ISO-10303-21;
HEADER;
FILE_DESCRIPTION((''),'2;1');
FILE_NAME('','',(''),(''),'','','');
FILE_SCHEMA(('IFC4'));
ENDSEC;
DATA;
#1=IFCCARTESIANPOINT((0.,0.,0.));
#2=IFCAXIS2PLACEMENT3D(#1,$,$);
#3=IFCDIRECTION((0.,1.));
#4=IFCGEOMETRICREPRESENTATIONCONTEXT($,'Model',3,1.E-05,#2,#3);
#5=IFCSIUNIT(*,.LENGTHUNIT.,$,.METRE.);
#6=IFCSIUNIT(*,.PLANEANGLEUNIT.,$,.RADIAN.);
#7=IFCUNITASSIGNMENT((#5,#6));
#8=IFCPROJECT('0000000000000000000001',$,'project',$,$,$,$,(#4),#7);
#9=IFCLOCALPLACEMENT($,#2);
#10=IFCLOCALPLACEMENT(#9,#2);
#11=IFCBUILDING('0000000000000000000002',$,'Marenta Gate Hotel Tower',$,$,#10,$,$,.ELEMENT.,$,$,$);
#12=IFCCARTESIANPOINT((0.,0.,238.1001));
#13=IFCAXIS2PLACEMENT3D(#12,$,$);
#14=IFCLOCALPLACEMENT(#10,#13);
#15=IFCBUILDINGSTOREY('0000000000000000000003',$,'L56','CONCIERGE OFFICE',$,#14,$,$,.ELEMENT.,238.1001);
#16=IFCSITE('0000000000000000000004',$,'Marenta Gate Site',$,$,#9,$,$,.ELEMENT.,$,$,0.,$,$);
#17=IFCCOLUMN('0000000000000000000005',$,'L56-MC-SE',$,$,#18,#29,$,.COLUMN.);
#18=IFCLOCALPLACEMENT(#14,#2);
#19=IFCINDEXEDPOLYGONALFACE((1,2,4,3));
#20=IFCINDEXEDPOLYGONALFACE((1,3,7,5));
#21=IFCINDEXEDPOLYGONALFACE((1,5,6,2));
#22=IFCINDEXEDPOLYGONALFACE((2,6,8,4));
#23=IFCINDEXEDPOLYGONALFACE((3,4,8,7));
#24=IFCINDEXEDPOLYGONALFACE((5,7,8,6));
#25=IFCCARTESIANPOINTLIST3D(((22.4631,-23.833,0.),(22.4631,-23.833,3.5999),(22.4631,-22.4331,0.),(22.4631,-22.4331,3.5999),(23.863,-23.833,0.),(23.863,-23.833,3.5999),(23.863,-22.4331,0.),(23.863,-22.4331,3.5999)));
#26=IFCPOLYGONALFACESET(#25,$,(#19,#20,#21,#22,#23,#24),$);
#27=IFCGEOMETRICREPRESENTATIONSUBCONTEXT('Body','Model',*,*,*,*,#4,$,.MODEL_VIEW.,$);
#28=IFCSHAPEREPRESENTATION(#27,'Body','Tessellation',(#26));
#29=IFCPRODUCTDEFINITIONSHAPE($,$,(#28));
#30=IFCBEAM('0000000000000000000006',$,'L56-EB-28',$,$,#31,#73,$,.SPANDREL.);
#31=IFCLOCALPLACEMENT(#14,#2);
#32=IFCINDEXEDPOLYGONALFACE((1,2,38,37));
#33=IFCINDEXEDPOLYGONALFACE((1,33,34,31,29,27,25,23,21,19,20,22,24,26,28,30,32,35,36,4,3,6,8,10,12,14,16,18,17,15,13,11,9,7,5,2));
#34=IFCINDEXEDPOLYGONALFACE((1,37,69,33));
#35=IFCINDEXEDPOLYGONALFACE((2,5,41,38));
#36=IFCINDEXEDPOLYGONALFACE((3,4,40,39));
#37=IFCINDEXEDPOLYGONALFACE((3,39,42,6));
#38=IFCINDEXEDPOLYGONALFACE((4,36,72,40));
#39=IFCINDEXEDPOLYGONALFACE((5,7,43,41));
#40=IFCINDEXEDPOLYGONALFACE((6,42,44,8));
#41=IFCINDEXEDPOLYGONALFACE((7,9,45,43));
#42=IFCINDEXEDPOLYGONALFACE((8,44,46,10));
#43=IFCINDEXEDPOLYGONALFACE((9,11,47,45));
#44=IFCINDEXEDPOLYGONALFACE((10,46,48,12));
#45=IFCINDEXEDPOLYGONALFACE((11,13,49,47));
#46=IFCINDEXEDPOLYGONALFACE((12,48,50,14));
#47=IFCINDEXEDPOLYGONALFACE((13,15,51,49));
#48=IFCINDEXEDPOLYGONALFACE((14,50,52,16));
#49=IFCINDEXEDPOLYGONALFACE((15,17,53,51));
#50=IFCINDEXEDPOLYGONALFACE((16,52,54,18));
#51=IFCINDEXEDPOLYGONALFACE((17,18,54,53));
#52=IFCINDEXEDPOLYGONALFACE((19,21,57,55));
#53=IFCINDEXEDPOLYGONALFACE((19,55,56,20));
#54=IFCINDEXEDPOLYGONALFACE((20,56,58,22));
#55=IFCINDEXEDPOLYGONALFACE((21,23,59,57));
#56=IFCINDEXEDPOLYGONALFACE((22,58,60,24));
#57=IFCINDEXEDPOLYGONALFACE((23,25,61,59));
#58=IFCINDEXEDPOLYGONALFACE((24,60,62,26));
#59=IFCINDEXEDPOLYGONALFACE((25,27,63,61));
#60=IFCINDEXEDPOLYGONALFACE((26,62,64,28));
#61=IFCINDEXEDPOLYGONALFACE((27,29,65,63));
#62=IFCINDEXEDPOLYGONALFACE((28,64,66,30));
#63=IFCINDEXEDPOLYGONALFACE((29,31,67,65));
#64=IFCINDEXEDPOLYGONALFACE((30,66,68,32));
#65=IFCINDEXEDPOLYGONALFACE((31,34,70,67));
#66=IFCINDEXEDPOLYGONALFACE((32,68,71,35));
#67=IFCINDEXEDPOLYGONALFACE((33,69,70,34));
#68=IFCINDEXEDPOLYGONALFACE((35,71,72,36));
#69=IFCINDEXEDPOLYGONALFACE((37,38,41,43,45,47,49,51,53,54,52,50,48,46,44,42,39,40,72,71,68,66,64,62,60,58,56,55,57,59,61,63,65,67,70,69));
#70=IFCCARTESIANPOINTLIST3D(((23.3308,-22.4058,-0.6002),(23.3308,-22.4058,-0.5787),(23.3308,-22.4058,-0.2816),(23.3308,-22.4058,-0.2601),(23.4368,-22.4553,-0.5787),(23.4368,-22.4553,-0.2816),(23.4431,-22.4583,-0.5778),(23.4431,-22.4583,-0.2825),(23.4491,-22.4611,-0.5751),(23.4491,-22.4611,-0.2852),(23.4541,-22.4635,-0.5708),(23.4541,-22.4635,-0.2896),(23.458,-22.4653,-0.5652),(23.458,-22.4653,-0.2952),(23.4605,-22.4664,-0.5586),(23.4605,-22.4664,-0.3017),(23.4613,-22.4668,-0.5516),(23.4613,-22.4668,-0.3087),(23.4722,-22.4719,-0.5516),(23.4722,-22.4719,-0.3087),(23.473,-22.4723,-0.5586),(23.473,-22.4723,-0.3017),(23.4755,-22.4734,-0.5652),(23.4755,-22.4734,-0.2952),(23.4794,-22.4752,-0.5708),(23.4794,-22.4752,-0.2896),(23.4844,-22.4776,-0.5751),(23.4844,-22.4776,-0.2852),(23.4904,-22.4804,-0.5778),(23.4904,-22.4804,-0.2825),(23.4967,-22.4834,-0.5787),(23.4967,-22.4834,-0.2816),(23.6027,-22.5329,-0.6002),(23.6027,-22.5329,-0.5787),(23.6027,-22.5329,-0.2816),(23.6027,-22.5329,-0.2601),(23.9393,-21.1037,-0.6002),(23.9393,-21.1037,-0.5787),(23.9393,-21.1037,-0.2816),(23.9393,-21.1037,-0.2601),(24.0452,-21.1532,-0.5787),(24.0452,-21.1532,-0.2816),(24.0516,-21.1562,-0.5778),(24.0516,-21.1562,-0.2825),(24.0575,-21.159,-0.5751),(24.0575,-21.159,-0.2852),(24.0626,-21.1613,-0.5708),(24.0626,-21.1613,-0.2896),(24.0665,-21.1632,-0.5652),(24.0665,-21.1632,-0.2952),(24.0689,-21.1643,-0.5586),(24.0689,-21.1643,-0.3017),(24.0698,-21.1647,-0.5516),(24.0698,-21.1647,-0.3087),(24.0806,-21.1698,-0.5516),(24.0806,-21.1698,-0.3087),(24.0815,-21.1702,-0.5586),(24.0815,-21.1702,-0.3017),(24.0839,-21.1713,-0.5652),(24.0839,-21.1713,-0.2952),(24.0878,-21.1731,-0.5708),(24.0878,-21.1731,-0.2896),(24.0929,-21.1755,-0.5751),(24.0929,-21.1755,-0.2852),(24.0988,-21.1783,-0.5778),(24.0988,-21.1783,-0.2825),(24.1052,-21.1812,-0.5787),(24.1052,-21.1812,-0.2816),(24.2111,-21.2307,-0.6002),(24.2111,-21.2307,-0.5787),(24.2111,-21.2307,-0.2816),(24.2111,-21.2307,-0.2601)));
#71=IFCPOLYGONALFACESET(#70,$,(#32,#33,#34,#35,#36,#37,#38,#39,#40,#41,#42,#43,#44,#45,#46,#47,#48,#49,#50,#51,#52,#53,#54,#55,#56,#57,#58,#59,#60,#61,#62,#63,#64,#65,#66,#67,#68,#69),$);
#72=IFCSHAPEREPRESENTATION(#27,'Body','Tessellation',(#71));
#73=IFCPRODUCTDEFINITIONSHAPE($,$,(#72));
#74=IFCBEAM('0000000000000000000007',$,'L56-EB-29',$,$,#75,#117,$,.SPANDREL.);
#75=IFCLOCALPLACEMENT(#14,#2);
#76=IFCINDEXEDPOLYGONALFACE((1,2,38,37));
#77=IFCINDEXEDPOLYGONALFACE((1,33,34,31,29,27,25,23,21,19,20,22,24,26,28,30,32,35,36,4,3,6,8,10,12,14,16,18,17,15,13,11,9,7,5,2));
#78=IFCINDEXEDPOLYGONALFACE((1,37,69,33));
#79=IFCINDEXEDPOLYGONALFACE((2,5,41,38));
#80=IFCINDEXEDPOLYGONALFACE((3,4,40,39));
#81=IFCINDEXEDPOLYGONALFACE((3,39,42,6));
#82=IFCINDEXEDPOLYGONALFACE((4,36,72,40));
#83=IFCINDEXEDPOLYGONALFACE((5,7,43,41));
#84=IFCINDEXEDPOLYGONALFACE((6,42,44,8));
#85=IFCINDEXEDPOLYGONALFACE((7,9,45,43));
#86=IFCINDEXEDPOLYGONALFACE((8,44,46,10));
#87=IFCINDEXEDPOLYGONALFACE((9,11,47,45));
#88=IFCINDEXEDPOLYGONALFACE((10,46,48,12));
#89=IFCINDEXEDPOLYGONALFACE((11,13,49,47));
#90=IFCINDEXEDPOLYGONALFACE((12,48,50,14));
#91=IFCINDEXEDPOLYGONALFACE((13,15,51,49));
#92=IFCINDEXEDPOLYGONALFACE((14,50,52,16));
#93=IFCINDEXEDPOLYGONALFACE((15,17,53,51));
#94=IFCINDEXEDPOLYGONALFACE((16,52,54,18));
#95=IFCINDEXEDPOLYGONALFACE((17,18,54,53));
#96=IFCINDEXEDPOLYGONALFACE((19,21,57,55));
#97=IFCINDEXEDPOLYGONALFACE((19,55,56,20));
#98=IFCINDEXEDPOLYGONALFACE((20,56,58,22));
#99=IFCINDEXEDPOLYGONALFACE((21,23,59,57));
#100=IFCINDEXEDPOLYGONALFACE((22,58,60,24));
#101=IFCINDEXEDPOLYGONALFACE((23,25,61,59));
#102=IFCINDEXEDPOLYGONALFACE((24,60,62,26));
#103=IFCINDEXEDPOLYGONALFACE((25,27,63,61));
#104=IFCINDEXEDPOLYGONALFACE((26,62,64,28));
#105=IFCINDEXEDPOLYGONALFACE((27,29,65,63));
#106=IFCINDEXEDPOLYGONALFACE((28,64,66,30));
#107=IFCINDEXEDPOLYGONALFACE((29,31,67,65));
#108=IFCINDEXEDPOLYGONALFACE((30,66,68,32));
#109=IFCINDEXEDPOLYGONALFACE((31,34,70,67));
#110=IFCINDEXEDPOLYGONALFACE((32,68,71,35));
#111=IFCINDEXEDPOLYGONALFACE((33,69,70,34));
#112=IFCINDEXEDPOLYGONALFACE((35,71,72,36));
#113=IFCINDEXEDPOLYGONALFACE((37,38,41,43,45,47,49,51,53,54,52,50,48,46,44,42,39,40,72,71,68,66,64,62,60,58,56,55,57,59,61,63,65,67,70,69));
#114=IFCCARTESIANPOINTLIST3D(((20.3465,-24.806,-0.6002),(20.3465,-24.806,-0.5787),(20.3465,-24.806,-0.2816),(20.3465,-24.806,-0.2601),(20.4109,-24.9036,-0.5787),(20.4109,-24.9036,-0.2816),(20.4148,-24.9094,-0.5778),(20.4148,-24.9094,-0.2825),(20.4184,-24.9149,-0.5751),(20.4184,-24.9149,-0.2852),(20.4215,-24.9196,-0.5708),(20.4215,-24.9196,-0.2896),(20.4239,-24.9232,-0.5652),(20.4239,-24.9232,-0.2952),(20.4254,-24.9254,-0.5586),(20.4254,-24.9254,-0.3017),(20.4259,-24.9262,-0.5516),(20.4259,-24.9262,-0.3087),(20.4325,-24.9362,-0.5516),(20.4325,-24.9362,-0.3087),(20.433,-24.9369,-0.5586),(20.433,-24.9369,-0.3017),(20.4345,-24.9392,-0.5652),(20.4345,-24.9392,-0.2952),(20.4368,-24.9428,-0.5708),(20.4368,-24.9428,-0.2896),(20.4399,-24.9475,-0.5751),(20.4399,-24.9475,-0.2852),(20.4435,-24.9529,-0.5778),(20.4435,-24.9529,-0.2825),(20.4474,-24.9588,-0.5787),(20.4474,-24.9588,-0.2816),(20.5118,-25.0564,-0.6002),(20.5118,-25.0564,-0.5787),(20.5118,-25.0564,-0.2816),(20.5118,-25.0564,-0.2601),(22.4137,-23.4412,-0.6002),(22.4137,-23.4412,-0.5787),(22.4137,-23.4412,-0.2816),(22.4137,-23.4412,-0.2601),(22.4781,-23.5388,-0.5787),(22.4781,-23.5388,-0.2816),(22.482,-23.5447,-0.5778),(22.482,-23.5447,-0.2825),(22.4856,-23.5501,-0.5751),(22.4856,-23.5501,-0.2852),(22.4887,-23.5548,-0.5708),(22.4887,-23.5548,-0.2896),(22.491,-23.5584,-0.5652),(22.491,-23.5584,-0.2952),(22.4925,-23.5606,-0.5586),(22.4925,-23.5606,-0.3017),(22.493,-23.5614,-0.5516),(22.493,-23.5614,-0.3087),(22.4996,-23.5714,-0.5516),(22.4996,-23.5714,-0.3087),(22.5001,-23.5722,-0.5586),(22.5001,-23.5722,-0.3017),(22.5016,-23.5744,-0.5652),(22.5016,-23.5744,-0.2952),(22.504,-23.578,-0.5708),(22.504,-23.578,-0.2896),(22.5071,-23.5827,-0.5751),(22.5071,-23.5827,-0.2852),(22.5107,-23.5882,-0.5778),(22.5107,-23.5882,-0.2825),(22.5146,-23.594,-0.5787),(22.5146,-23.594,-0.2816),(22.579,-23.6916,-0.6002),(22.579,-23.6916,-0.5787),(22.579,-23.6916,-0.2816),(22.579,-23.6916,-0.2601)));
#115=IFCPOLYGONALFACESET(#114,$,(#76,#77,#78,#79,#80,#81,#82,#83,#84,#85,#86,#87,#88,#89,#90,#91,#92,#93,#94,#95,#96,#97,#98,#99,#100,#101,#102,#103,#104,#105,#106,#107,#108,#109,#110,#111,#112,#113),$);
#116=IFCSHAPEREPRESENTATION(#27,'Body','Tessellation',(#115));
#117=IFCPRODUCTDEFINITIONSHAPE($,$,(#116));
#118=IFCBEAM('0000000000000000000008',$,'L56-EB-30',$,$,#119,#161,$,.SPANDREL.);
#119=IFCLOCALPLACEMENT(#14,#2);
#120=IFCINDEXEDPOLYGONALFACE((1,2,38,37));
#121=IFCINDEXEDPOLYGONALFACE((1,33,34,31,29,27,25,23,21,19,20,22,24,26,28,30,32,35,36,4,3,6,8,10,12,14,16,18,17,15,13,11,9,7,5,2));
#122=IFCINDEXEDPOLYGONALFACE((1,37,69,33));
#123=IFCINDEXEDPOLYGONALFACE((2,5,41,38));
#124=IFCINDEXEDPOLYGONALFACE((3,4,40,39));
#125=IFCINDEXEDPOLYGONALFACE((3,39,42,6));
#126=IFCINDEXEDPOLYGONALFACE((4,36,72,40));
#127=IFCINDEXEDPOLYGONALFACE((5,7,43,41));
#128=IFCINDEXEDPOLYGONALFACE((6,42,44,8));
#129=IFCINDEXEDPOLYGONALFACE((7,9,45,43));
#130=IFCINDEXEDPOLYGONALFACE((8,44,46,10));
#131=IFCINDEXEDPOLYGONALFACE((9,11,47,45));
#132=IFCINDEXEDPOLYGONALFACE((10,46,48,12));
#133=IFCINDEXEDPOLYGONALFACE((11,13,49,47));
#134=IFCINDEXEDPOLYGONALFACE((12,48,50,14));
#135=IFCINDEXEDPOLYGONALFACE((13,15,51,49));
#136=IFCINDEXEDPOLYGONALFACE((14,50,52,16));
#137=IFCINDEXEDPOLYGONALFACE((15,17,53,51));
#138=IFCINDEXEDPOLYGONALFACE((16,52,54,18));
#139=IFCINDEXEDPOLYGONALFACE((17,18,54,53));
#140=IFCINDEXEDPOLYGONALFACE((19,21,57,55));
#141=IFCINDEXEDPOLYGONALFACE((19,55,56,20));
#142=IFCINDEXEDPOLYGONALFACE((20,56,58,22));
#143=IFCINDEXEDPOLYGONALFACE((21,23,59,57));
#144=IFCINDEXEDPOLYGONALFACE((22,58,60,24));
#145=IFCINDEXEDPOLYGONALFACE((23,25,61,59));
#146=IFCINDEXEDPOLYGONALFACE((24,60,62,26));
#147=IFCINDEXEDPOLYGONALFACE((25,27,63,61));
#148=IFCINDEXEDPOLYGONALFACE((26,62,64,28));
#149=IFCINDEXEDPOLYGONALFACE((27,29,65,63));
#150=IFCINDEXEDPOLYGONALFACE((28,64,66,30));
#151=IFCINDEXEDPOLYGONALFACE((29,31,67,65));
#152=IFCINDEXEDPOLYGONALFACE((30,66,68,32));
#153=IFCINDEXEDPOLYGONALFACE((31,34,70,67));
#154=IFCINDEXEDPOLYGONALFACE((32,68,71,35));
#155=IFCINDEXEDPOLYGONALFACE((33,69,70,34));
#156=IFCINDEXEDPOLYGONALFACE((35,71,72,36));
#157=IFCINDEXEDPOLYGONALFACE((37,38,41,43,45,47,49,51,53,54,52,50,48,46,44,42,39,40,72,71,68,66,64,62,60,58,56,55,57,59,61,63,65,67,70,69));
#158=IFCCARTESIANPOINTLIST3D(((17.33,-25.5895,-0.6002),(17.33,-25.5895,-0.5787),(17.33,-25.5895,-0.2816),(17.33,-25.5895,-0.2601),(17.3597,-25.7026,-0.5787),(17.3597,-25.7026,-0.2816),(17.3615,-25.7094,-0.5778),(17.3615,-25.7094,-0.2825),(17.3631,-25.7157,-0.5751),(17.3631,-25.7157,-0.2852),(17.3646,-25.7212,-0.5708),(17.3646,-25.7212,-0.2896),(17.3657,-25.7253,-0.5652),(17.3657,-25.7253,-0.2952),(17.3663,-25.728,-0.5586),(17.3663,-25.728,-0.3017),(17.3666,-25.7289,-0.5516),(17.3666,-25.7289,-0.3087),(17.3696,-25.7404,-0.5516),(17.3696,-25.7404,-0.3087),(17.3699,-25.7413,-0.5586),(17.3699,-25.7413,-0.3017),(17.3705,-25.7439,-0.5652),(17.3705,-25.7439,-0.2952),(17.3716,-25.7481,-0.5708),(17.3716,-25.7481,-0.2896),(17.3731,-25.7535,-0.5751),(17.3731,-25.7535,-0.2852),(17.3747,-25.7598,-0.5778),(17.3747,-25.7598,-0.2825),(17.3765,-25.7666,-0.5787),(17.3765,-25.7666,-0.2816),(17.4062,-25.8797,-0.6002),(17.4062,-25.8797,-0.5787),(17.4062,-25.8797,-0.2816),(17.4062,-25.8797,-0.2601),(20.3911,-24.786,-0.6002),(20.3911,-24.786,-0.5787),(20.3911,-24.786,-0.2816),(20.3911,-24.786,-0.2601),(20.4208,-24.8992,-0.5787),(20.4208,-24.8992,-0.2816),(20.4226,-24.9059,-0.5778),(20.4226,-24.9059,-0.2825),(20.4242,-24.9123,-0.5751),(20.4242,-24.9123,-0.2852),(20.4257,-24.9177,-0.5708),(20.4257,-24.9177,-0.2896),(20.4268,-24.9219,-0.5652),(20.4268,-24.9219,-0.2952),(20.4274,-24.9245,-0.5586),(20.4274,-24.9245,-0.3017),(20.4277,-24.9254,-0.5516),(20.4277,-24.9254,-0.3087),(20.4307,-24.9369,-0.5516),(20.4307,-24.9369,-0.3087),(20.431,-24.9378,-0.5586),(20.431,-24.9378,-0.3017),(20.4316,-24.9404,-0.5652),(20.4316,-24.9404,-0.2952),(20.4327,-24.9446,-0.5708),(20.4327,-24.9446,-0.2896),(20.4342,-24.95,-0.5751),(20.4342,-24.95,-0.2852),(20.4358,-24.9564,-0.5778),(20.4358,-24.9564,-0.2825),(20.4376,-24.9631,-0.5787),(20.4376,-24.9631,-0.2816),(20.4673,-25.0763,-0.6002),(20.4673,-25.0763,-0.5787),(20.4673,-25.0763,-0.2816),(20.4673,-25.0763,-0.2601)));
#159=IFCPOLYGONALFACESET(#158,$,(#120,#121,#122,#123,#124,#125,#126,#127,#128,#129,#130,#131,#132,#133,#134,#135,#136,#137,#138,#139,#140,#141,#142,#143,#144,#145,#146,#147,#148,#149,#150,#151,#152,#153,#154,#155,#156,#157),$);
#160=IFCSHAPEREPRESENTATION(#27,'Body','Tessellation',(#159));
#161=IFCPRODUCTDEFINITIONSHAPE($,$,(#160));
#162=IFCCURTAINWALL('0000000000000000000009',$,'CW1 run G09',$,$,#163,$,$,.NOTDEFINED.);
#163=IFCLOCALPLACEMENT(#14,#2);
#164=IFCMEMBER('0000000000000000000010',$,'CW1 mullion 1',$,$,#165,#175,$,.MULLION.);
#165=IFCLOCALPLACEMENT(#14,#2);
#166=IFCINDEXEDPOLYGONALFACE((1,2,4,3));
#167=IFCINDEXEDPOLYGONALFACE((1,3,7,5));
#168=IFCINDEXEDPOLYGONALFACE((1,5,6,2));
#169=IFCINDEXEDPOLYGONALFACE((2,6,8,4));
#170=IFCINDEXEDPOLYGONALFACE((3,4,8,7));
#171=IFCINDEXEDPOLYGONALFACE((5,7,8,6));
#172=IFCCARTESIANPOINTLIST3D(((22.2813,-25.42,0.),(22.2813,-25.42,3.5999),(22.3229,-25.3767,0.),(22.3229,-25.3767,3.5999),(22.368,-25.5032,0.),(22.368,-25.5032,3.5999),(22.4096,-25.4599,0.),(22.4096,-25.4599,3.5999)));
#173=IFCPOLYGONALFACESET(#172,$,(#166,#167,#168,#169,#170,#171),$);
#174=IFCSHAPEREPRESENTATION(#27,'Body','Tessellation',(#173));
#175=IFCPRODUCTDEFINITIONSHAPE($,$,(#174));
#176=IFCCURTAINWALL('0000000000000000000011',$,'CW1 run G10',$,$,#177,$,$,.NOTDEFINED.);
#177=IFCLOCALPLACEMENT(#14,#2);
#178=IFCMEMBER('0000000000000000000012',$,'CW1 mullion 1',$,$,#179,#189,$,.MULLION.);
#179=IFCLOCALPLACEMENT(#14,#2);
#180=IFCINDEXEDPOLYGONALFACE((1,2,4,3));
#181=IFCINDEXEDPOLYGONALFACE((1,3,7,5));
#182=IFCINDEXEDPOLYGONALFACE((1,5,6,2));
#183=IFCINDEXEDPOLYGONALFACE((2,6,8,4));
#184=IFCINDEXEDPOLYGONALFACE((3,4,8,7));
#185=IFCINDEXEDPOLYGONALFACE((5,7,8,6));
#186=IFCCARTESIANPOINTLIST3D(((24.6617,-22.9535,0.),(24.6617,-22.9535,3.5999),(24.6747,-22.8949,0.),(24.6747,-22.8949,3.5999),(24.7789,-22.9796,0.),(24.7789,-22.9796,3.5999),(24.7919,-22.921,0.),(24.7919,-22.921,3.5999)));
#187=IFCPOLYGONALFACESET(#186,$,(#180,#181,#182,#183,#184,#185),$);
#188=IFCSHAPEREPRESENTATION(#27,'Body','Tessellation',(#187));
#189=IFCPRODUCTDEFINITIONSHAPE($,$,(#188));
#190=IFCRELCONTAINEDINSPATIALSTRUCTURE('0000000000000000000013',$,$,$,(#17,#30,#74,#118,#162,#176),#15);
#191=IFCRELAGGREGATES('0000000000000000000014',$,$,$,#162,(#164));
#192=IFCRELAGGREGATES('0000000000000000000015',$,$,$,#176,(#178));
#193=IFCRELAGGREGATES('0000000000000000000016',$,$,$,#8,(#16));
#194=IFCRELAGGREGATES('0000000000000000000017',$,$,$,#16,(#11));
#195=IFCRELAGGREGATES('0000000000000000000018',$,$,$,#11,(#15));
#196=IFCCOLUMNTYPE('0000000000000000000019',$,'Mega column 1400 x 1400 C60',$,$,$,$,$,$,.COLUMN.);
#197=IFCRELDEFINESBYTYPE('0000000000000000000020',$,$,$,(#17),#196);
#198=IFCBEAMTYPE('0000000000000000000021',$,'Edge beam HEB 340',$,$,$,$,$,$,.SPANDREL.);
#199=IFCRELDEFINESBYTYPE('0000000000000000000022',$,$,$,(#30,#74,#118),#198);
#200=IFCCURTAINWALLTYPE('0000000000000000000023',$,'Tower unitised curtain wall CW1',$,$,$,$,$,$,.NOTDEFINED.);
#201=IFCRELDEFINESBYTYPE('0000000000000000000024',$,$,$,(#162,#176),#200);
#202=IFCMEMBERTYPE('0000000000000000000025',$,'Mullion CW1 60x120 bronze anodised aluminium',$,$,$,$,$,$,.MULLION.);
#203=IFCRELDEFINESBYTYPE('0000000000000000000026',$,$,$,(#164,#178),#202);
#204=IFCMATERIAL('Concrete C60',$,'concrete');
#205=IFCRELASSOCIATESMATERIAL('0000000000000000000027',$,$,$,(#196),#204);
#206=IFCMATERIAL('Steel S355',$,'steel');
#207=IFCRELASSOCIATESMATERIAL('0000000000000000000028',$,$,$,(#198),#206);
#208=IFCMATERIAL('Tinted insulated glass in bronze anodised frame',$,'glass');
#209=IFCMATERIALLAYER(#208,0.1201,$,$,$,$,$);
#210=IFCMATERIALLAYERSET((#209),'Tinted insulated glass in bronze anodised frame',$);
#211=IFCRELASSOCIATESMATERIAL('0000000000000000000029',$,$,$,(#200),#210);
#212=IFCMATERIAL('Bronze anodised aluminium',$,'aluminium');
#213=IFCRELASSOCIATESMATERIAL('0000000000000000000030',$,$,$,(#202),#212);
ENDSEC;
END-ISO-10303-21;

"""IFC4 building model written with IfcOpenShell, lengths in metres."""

from ifc_helpers import new_model, si_unit, direction, frame, origin, origin_2d, place, context, subcontext, project, spatial, rectangle, i_section, extrude, material, layer, layer_set, material_profile, profile_set, type_object, element, aggregate, save


model = new_model("IFC4")

# Units and contexts
model_context = context("Model", 3, precision=1e-05, world=origin(), true_north=direction((0.0, 1.0)))
body_context = subcontext(model_context, "Body", "Model", "MODEL_VIEW")
ifc_project = project(units=[si_unit("LENGTHUNIT", "METRE"), si_unit("PLANEANGLEUNIT", "RADIAN")], contexts=[model_context])

# Site, building, storey
site_placement = place(None, origin())
site = spatial("IfcSite", under=ifc_project, at=site_placement, Name="Marenta Gate Site", CompositionType="ELEMENT", RefElevation=0.0)
building_placement = place(site_placement, origin())
building = spatial("IfcBuilding", under=site, at=building_placement, Name="Marenta Gate Hotel Tower", CompositionType="ELEMENT")
storey_placement = place(building_placement, frame((0.0, 0.0, 238.1001)))
storey = spatial("IfcBuildingStorey", under=building, at=storey_placement, Name="L56", Description="CONCIERGE OFFICE", CompositionType="ELEMENT", Elevation=238.1001)

# Column
ifc_material_1 = material(Name="Concrete C60", Category="concrete")
ifc_material_profile_1 = material_profile(ifc_material_1, rectangle(XDim=1.3999, YDim=1.3999, at=origin_2d()), Name="1400 x 1400")
ifc_profile_set_1 = profile_set([ifc_material_profile_1], Name="Concrete C60")
column_type = type_object("IfcColumnType", Name="Mega column 1400 x 1400 C60", PredefinedType="COLUMN", material=ifc_profile_set_1)
column_placement = place(storey_placement, frame((23.1631, -23.1331, 0.0), z_axis=(0.0, 0.0, 1.0), x_axis=(1.0, 0.0, 0.0)))
element("IfcColumn", 1, at=column_placement, inside=storey, type_object=column_type, Name="L56-MC-SE", PredefinedType="COLUMN", context=body_context, shape_type="SweptSolid", body=[
    extrude(rectangle(XDim=1.3999, YDim=1.3999, at=origin_2d()), origin(), (0.0, 0.0, 1.0), 3.5999),
])

# Beams
ifc_material_2 = material(Name="Steel S355", Category="steel")
ifc_material_profile_2 = material_profile(ifc_material_2, i_section(OverallWidth=0.3, OverallDepth=0.3401, WebThickness=0.012, FlangeThickness=0.0215, FilletRadius=0.0271, at=origin_2d()), Name="HEB 340")
ifc_profile_set_2 = profile_set([ifc_material_profile_2], Name="Steel S355")
beam_type = type_object("IfcBeamType", Name="Edge beam HEB 340", PredefinedType="SPANDREL", material=ifc_profile_set_2)
beam_1_placement = place(storey_placement, frame((24.0752, -21.1672, -0.4302), z_axis=(-0.423341, -0.90597, 0.0), x_axis=(0.90597, -0.423341, 0.0)))
element("IfcBeam", 2, at=beam_1_placement, inside=storey, type_object=beam_type, Name="L56-EB-28", PredefinedType="SPANDREL", context=body_context, shape_type="SweptSolid", body=[
    extrude(i_section(OverallWidth=0.3, OverallDepth=0.3401, WebThickness=0.012, FlangeThickness=0.0215, FilletRadius=0.0271, at=origin_2d()), origin(), (0.0, 0.0, 1.0), 1.4373),
])
beam_2_placement = place(storey_placement, frame((22.4963, -23.5664, -0.4302), z_axis=(-0.834529, -0.550964, 0.0), x_axis=(0.550964, -0.834529, 0.0)))
element("IfcBeam", 3, at=beam_2_placement, inside=storey, type_object=beam_type, Name="L56-EB-29", PredefinedType="SPANDREL", context=body_context, shape_type="SweptSolid", body=[
    extrude(i_section(OverallWidth=0.3, OverallDepth=0.3401, WebThickness=0.012, FlangeThickness=0.0215, FilletRadius=0.0271, at=origin_2d()), origin(), (0.0, 0.0, 1.0), 2.4771),
])
beam_3_placement = place(storey_placement, frame((20.4292, -24.9312, -0.4302), z_axis=(-0.967235, -0.253882, 0.0), x_axis=(0.253882, -0.967235, 0.0)))
element("IfcBeam", 4, at=beam_3_placement, inside=storey, type_object=beam_type, Name="L56-EB-30", PredefinedType="SPANDREL", context=body_context, shape_type="SweptSolid", body=[
    extrude(i_section(OverallWidth=0.3, OverallDepth=0.3401, WebThickness=0.012, FlangeThickness=0.0215, FilletRadius=0.0271, at=origin_2d()), origin(), (0.0, 0.0, 1.0), 3.1648),
])

# Curtain walls, members
ifc_material_3 = material(Name="Tinted insulated glass in bronze anodised frame", Category="glass")
ifc_layer_1 = layer(ifc_material_3, 0.1201)
ifc_layer_set_1 = layer_set([ifc_layer_1], Name="Tinted insulated glass in bronze anodised frame")
curtain_wall_type = type_object("IfcCurtainWallType", Name="Tower unitised curtain wall CW1", PredefinedType="NOTDEFINED", material=ifc_layer_set_1)
curtain_wall_1_placement = place(storey_placement, origin())
curtain_wall_1 = element("IfcCurtainWall", 5, at=curtain_wall_1_placement, inside=storey, type_object=curtain_wall_type, Name="CW1 run G09", PredefinedType="NOTDEFINED")
ifc_material_4 = material(Name="Bronze anodised aluminium", Category="aluminium")
ifc_material_profile_3 = material_profile(ifc_material_4, rectangle(XDim=0.1201, YDim=0.0601, at=origin_2d()), Name="Mullion CW1 60x120 bronze anodised aluminium")
ifc_profile_set_3 = profile_set([ifc_material_profile_3], Name="Bronze anodised aluminium")
member_type_1 = type_object("IfcMemberType", Name="Mullion CW1 60x120 bronze anodised aluminium", PredefinedType="MULLION", material=ifc_profile_set_3)
member_1_placement = place(storey_placement, frame((22.3455, -25.4399, 0.0), z_axis=(0.0, 0.0, 1.0), x_axis=(-0.721372, 0.692548, 0.0)))
member_1 = element("IfcMember", 6, at=member_1_placement, type_object=member_type_1, Name="CW1 mullion 1", PredefinedType="MULLION", context=body_context, shape_type="SweptSolid", body=[
    extrude(rectangle(XDim=0.1201, YDim=0.0601, at=origin_2d()), origin(), (0.0, 0.0, 1.0), 3.5999),
])
curtain_wall_2_placement = place(storey_placement, origin())
curtain_wall_2 = element("IfcCurtainWall", 7, at=curtain_wall_2_placement, inside=storey, type_object=curtain_wall_type, Name="CW1 run G10", PredefinedType="NOTDEFINED")
member_2_placement = place(storey_placement, frame((24.7268, -22.9373, 0.0), z_axis=(0.0, 0.0, 1.0), x_axis=(-0.976207, 0.216842, 0.0)))
member_2 = element("IfcMember", 8, at=member_2_placement, type_object=member_type_1, Name="CW1 mullion 1", PredefinedType="MULLION", context=body_context, shape_type="SweptSolid", body=[
    extrude(rectangle(XDim=0.1201, YDim=0.0601, at=origin_2d()), origin(), (0.0, 0.0, 1.0), 3.5999),
])

aggregate(curtain_wall_1, [member_1])
aggregate(curtain_wall_2, [member_2])

save(model, "model.ifc")
